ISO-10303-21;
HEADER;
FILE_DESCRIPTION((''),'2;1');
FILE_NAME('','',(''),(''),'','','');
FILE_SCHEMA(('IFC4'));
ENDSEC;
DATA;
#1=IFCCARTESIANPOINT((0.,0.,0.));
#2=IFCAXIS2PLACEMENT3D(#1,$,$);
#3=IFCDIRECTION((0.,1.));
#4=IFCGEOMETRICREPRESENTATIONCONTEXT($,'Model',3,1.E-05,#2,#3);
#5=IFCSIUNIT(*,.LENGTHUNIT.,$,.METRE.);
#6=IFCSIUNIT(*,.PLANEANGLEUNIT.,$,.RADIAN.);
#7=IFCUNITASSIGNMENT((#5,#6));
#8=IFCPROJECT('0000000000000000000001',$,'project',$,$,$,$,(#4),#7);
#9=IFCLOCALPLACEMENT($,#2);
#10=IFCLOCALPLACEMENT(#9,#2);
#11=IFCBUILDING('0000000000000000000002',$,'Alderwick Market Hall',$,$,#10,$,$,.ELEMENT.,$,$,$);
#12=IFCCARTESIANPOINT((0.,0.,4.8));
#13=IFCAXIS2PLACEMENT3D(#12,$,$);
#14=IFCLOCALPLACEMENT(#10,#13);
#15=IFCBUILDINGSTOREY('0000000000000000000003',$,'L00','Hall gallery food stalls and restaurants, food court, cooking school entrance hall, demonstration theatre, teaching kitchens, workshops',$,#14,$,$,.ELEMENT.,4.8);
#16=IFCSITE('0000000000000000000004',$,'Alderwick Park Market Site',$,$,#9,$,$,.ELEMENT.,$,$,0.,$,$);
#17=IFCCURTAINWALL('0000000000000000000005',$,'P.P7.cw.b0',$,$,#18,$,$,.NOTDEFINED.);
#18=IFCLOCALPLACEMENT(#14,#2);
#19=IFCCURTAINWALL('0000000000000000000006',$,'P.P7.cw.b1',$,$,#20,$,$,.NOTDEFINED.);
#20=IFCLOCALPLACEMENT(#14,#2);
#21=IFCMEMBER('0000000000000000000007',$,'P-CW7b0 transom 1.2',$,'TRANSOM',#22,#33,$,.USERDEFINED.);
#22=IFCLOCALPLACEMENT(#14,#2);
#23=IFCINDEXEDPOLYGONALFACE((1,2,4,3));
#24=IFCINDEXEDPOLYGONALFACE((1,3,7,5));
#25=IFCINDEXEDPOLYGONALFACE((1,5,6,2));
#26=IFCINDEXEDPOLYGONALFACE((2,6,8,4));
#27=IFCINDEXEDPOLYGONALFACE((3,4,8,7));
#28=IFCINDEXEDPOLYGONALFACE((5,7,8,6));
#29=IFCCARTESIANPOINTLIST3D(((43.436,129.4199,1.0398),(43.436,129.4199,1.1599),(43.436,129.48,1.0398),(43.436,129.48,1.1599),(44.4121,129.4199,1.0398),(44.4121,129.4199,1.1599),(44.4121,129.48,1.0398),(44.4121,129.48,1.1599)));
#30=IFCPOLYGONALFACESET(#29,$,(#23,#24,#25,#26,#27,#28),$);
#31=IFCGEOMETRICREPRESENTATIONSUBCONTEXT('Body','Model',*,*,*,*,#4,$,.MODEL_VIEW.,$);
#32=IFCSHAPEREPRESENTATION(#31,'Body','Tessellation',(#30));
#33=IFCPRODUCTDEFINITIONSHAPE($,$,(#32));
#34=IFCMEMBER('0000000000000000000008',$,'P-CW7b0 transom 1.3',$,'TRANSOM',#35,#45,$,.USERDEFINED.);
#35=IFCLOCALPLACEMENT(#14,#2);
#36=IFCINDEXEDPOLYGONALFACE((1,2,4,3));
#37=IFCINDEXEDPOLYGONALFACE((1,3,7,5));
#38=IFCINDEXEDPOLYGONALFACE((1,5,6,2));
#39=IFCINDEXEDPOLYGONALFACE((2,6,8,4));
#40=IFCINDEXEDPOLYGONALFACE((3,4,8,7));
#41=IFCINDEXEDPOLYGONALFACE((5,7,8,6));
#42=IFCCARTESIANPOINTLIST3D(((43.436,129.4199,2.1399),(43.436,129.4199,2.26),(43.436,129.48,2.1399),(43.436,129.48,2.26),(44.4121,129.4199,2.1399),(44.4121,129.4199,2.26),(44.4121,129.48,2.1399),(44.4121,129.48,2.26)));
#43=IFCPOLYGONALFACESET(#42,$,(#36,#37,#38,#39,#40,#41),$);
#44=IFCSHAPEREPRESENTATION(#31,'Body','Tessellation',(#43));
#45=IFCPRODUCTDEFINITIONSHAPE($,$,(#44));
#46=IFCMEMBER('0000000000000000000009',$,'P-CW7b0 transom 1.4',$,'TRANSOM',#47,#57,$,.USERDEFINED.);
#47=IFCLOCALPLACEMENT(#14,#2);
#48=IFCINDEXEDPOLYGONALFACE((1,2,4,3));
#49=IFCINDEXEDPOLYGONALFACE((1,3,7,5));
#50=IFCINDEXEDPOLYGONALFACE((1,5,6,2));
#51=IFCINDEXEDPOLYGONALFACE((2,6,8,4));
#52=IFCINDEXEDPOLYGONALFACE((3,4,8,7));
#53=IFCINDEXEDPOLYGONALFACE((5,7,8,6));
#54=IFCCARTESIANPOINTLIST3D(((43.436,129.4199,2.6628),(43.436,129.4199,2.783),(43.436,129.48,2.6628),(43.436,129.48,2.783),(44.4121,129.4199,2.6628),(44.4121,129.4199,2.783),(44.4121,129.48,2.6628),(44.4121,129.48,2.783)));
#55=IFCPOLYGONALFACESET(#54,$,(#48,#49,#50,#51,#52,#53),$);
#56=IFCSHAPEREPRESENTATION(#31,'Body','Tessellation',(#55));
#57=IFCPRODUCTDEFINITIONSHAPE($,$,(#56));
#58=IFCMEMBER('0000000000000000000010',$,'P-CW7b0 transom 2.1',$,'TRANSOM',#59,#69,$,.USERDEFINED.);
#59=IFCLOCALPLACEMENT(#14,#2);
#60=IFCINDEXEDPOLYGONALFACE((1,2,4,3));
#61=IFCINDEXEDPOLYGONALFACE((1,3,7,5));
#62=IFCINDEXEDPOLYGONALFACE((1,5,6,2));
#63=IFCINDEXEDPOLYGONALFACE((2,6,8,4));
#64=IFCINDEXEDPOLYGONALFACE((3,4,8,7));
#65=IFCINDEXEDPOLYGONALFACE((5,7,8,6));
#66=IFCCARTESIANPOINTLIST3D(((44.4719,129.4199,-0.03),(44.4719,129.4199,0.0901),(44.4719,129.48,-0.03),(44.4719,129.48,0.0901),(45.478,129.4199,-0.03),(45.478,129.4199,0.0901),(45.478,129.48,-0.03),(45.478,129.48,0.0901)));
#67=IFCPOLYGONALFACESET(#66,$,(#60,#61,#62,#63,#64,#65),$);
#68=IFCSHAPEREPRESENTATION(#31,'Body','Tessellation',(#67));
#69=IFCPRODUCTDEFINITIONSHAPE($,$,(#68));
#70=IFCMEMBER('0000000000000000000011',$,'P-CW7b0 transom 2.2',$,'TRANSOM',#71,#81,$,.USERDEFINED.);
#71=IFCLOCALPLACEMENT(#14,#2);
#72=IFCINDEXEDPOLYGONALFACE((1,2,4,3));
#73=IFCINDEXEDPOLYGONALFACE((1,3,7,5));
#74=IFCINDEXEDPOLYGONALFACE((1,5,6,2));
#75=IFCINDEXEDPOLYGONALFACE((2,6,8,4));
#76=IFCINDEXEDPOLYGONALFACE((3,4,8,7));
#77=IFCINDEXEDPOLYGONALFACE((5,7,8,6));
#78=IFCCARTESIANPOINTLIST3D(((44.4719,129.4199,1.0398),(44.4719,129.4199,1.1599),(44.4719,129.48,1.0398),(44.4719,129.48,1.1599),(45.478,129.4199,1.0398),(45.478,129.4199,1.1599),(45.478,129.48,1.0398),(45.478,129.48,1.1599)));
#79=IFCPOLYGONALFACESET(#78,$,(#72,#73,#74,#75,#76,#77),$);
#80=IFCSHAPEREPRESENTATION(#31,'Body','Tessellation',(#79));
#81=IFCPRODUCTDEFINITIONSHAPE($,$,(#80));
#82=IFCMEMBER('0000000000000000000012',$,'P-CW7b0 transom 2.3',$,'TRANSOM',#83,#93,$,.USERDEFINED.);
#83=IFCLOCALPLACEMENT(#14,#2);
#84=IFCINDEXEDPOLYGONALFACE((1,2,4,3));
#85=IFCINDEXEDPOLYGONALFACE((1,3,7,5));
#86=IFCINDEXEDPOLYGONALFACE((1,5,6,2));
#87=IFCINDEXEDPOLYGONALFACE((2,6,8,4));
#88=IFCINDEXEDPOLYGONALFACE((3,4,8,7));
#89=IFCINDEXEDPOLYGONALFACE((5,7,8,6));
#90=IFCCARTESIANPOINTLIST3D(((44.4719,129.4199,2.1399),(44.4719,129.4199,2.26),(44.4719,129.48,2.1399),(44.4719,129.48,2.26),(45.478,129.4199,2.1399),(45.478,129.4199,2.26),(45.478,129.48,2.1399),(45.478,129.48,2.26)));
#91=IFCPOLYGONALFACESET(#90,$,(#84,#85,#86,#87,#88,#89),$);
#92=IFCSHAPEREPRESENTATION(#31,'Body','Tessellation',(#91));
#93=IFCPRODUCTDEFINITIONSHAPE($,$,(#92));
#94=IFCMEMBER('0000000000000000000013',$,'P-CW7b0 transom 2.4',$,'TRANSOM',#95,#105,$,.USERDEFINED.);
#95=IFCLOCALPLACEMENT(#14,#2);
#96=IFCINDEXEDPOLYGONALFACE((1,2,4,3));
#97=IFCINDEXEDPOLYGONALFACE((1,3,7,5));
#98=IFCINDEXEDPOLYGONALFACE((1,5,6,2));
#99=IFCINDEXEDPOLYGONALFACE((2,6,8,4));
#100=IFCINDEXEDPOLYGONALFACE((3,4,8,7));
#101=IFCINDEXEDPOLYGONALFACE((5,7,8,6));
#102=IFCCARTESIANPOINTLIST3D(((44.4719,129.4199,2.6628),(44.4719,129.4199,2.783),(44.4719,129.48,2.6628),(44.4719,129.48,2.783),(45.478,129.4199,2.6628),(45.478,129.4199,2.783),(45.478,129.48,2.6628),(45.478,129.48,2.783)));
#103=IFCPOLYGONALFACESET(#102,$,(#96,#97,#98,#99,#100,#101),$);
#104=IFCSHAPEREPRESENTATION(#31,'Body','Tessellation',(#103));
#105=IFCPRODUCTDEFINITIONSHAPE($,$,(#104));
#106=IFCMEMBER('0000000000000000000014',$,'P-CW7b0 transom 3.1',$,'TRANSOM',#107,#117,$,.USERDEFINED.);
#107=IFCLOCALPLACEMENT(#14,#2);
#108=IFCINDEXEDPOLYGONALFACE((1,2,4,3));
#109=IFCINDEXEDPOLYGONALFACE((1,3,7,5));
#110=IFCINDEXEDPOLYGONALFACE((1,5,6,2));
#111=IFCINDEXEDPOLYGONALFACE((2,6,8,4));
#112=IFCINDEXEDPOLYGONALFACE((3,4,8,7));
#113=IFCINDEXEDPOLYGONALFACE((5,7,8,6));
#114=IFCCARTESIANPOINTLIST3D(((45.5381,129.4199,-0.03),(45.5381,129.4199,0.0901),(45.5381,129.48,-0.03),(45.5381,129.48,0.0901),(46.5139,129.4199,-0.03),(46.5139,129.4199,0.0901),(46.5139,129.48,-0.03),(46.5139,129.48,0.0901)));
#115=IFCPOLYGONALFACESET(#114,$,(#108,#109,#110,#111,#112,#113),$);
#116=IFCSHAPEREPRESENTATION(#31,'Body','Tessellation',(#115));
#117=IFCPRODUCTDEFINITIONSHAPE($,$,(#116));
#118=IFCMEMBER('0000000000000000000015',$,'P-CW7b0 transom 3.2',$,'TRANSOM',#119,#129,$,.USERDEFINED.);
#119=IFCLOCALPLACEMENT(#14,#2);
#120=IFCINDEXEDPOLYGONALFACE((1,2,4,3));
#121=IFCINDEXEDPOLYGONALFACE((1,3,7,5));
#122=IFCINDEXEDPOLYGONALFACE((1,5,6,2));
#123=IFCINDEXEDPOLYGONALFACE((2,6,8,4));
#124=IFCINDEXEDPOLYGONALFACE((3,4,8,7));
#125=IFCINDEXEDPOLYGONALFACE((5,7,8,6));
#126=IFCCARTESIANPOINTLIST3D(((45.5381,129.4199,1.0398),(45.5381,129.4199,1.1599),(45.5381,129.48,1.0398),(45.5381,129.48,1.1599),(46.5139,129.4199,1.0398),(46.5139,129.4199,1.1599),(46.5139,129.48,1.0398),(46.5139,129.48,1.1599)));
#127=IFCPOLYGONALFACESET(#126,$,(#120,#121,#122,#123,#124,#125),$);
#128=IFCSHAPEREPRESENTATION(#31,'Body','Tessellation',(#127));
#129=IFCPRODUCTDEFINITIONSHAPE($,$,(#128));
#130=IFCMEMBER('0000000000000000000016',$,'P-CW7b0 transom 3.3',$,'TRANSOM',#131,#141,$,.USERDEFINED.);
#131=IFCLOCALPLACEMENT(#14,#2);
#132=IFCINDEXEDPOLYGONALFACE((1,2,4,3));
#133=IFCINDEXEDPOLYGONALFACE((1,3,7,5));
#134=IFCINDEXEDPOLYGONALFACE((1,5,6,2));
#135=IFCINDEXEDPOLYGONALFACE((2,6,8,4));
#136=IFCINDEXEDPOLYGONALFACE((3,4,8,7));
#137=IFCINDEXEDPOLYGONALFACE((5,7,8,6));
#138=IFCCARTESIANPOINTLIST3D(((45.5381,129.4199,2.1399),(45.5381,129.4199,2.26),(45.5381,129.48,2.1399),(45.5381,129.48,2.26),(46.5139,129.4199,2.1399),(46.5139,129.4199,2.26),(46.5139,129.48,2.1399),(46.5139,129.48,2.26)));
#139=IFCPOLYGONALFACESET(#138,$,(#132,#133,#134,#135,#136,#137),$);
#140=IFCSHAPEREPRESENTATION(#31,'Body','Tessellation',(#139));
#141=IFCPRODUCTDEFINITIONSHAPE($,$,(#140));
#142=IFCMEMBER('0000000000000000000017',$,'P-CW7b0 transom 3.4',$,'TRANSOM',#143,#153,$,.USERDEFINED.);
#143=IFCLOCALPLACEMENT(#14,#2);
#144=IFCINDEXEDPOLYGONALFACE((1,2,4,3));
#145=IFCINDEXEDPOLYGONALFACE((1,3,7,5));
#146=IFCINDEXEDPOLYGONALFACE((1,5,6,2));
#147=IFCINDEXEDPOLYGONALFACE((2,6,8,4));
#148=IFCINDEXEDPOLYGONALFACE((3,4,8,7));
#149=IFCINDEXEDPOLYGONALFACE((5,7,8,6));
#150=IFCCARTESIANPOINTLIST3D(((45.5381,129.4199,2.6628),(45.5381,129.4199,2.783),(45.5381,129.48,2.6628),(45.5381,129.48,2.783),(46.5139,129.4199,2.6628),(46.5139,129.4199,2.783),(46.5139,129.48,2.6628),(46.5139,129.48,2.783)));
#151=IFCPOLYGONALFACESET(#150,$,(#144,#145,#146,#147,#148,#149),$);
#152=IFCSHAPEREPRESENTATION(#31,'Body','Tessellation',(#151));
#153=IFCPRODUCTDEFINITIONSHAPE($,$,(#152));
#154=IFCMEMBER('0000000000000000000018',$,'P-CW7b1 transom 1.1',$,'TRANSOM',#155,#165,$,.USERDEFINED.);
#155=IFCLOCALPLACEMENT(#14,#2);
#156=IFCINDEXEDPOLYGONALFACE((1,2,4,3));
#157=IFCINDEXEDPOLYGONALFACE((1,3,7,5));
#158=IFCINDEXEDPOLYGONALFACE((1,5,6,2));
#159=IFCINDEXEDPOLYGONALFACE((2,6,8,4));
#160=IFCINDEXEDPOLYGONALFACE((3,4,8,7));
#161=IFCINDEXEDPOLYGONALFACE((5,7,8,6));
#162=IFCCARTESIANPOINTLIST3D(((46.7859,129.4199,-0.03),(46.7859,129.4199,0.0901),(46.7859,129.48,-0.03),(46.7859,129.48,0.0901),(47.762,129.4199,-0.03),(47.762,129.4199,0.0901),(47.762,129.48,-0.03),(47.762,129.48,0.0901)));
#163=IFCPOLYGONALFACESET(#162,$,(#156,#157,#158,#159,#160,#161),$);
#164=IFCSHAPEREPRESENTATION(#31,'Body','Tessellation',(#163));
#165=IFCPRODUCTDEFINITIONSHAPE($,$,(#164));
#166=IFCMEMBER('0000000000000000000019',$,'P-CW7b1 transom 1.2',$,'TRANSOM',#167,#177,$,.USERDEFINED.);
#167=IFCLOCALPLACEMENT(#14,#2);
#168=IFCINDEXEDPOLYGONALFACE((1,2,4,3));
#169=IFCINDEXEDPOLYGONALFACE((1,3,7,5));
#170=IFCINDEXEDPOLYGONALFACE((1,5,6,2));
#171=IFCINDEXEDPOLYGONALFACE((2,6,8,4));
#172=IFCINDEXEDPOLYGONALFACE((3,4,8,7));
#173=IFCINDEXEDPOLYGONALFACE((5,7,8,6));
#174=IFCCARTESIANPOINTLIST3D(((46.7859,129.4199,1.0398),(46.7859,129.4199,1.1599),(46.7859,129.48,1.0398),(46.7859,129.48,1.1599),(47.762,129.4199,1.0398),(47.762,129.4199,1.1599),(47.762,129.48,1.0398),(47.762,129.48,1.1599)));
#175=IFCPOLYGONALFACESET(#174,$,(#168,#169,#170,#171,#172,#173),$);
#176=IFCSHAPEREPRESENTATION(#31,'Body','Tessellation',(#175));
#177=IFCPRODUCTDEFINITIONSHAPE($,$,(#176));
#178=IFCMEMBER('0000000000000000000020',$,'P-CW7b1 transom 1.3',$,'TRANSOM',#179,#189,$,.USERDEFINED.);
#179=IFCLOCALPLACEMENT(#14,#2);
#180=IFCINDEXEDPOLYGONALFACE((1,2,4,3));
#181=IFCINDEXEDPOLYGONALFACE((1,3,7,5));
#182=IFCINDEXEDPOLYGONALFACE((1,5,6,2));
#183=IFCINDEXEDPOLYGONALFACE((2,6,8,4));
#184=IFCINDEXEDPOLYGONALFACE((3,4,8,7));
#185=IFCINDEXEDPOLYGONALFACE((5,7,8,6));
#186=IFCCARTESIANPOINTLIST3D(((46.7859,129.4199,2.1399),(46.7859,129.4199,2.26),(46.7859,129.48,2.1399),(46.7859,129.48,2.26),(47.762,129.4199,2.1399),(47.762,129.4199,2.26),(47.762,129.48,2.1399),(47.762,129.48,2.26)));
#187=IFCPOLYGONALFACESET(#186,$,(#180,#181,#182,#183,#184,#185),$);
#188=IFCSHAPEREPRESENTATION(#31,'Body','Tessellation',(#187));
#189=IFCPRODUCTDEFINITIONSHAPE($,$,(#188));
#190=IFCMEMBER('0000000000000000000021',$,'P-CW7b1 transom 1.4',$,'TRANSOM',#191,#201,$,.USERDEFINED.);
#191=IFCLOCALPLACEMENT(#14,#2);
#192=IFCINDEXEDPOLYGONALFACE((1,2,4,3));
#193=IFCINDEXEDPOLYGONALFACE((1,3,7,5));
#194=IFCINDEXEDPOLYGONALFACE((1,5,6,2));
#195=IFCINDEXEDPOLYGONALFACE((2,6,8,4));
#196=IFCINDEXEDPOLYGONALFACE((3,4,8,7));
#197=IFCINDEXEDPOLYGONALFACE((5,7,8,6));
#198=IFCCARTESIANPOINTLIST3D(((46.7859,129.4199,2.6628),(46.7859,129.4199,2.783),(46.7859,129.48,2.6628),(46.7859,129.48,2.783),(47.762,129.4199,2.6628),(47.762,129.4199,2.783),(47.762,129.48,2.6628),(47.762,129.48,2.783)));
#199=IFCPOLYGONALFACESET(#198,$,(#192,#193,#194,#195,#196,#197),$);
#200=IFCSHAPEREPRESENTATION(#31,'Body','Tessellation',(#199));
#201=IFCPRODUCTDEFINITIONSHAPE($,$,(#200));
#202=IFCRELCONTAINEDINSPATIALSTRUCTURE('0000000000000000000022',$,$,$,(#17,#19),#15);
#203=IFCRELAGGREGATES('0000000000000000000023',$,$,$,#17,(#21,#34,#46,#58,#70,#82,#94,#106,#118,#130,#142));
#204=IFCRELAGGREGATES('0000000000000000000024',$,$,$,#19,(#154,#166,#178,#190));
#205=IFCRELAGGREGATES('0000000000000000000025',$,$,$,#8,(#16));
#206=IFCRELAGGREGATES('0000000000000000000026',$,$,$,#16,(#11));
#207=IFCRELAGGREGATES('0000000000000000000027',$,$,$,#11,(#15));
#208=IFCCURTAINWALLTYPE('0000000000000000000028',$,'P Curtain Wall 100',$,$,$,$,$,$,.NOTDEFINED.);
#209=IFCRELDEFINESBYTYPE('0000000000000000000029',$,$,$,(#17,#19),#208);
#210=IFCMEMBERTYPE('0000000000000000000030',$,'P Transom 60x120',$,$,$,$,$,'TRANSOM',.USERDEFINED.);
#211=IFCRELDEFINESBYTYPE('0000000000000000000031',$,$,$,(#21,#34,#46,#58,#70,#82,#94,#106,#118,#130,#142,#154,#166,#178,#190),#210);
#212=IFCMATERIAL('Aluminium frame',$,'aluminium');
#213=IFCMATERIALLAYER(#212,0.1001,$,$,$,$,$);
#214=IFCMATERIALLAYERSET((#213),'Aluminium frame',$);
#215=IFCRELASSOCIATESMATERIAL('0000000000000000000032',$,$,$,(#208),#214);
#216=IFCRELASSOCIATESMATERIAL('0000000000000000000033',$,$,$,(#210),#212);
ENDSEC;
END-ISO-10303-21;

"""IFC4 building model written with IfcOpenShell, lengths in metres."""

from ifc_helpers import new_model, si_unit, direction, frame, origin, origin_2d, place, context, subcontext, project, spatial, rectangle, extrude, material, layer, layer_set, material_profile, profile_set, type_object, element, aggregate, save


model = new_model("IFC4")

# Units and contexts
model_context = context("Model", 3, precision=1e-05, world=origin(), true_north=direction((0.0, 1.0)))
body_context = subcontext(model_context, "Body", "Model", "MODEL_VIEW")
ifc_project = project(units=[si_unit("LENGTHUNIT", "METRE"), si_unit("PLANEANGLEUNIT", "RADIAN")], contexts=[model_context])

# Site, building, storey
site_placement = place(None, origin())
site = spatial("IfcSite", under=ifc_project, at=site_placement, Name="Alderwick Park Market Site", CompositionType="ELEMENT", RefElevation=0.0)
building_placement = place(site_placement, origin())
building = spatial("IfcBuilding", under=site, at=building_placement, Name="Alderwick Market Hall", CompositionType="ELEMENT")
storey_placement = place(building_placement, frame((0.0, 0.0, 4.8)))
storey = spatial("IfcBuildingStorey", under=building, at=storey_placement, Name="L00", Description="Hall gallery food stalls and restaurants, food court, cooking school entrance hall, demonstration theatre, teaching kitchens, workshops", CompositionType="ELEMENT", Elevation=4.8)

# Curtain wall
ifc_material_1 = material(Name="Aluminium frame", Category="aluminium")
ifc_layer_1 = layer(ifc_material_1, 0.1001)
ifc_layer_set_1 = layer_set([ifc_layer_1], Name="Aluminium frame")
curtain_wall_type = type_object("IfcCurtainWallType", Name="P Curtain Wall 100", PredefinedType="NOTDEFINED", material=ifc_layer_set_1)
curtain_wall_1_placement = place(storey_placement, origin())
curtain_wall_1 = element("IfcCurtainWall", 1, at=curtain_wall_1_placement, inside=storey, type_object=curtain_wall_type, Name="P.P7.cw.b0", PredefinedType="NOTDEFINED")

# Curtain wall
curtain_wall_2_placement = place(storey_placement, origin())
curtain_wall_2 = element("IfcCurtainWall", 2, at=curtain_wall_2_placement, inside=storey, type_object=curtain_wall_type, Name="P.P7.cw.b1", PredefinedType="NOTDEFINED")

# Members
ifc_material_profile_1 = material_profile(ifc_material_1, rectangle(XDim=0.0601, YDim=0.1201, at=origin_2d()), Name="P Transom 60x120")
ifc_profile_set_1 = profile_set([ifc_material_profile_1], Name="Aluminium frame")
member_type_1 = type_object("IfcMemberType", Name="P Transom 60x120", ElementType="TRANSOM", PredefinedType="USERDEFINED", material=ifc_profile_set_1)
member_1_placement = place(storey_placement, frame((43.436, 129.45, 1.0999), z_axis=(1.0, 0.0, 0.0), x_axis=(0.0, 1.0, 0.0)))
member_1 = element("IfcMember", 3, at=member_1_placement, type_object=member_type_1, Name="P-CW7b0 transom 1.2", ObjectType="TRANSOM", PredefinedType="USERDEFINED", context=body_context, shape_type="SweptSolid", body=[
    extrude(rectangle(XDim=0.0601, YDim=0.1201, at=origin_2d()), origin(), (0.0, 0.0, 1.0), 0.9761),
])
member_2_placement = place(storey_placement, frame((43.436, 129.45, 2.2), z_axis=(1.0, 0.0, 0.0), x_axis=(0.0, 1.0, 0.0)))
member_2 = element("IfcMember", 4, at=member_2_placement, type_object=member_type_1, Name="P-CW7b0 transom 1.3", ObjectType="TRANSOM", PredefinedType="USERDEFINED", context=body_context, shape_type="SweptSolid", body=[
    extrude(rectangle(XDim=0.0601, YDim=0.1201, at=origin_2d()), origin(), (0.0, 0.0, 1.0), 0.9761),
])
member_3_placement = place(storey_placement, frame((43.436, 129.45, 2.7229), z_axis=(1.0, 0.0, 0.0), x_axis=(0.0, 1.0, 0.0)))
member_3 = element("IfcMember", 5, at=member_3_placement, type_object=member_type_1, Name="P-CW7b0 transom 1.4", ObjectType="TRANSOM", PredefinedType="USERDEFINED", context=body_context, shape_type="SweptSolid", body=[
    extrude(rectangle(XDim=0.0601, YDim=0.1201, at=origin_2d()), origin(), (0.0, 0.0, 1.0), 0.9761),
])
member_4_placement = place(storey_placement, frame((44.4719, 129.45, 0.03), z_axis=(1.0, 0.0, 0.0), x_axis=(0.0, 1.0, 0.0)))
member_4 = element("IfcMember", 6, at=member_4_placement, type_object=member_type_1, Name="P-CW7b0 transom 2.1", ObjectType="TRANSOM", PredefinedType="USERDEFINED", context=body_context, shape_type="SweptSolid", body=[
    extrude(rectangle(XDim=0.0601, YDim=0.1201, at=origin_2d()), origin(), (0.0, 0.0, 1.0), 1.0061),
])
member_5_placement = place(storey_placement, frame((44.4719, 129.45, 1.0999), z_axis=(1.0, 0.0, 0.0), x_axis=(0.0, 1.0, 0.0)))
member_5 = element("IfcMember", 7, at=member_5_placement, type_object=member_type_1, Name="P-CW7b0 transom 2.2", ObjectType="TRANSOM", PredefinedType="USERDEFINED", context=body_context, shape_type="SweptSolid", body=[
    extrude(rectangle(XDim=0.0601, YDim=0.1201, at=origin_2d()), origin(), (0.0, 0.0, 1.0), 1.0061),
])
member_6_placement = place(storey_placement, frame((44.4719, 129.45, 2.2), z_axis=(1.0, 0.0, 0.0), x_axis=(0.0, 1.0, 0.0)))
member_6 = element("IfcMember", 8, at=member_6_placement, type_object=member_type_1, Name="P-CW7b0 transom 2.3", ObjectType="TRANSOM", PredefinedType="USERDEFINED", context=body_context, shape_type="SweptSolid", body=[
    extrude(rectangle(XDim=0.0601, YDim=0.1201, at=origin_2d()), origin(), (0.0, 0.0, 1.0), 1.0061),
])
member_7_placement = place(storey_placement, frame((44.4719, 129.45, 2.7229), z_axis=(1.0, 0.0, 0.0), x_axis=(0.0, 1.0, 0.0)))
member_7 = element("IfcMember", 9, at=member_7_placement, type_object=member_type_1, Name="P-CW7b0 transom 2.4", ObjectType="TRANSOM", PredefinedType="USERDEFINED", context=body_context, shape_type="SweptSolid", body=[
    extrude(rectangle(XDim=0.0601, YDim=0.1201, at=origin_2d()), origin(), (0.0, 0.0, 1.0), 1.0061),
])
member_8_placement = place(storey_placement, frame((45.5381, 129.45, 0.03), z_axis=(1.0, 0.0, 0.0), x_axis=(0.0, 1.0, 0.0)))
member_8 = element("IfcMember", 10, at=member_8_placement, type_object=member_type_1, Name="P-CW7b0 transom 3.1", ObjectType="TRANSOM", PredefinedType="USERDEFINED", context=body_context, shape_type="SweptSolid", body=[
    extrude(rectangle(XDim=0.0601, YDim=0.1201, at=origin_2d()), origin(), (0.0, 0.0, 1.0), 0.9758),
])
member_9_placement = place(storey_placement, frame((45.5381, 129.45, 1.0999), z_axis=(1.0, 0.0, 0.0), x_axis=(0.0, 1.0, 0.0)))
member_9 = element("IfcMember", 11, at=member_9_placement, type_object=member_type_1, Name="P-CW7b0 transom 3.2", ObjectType="TRANSOM", PredefinedType="USERDEFINED", context=body_context, shape_type="SweptSolid", body=[
    extrude(rectangle(XDim=0.0601, YDim=0.1201, at=origin_2d()), origin(), (0.0, 0.0, 1.0), 0.9758),
])
member_10_placement = place(storey_placement, frame((45.5381, 129.45, 2.2), z_axis=(1.0, 0.0, 0.0), x_axis=(0.0, 1.0, 0.0)))
member_10 = element("IfcMember", 12, at=member_10_placement, type_object=member_type_1, Name="P-CW7b0 transom 3.3", ObjectType="TRANSOM", PredefinedType="USERDEFINED", context=body_context, shape_type="SweptSolid", body=[
    extrude(rectangle(XDim=0.0601, YDim=0.1201, at=origin_2d()), origin(), (0.0, 0.0, 1.0), 0.9758),
])
member_11_placement = place(storey_placement, frame((45.5381, 129.45, 2.7229), z_axis=(1.0, 0.0, 0.0), x_axis=(0.0, 1.0, 0.0)))
member_11 = element("IfcMember", 13, at=member_11_placement, type_object=member_type_1, Name="P-CW7b0 transom 3.4", ObjectType="TRANSOM", PredefinedType="USERDEFINED", context=body_context, shape_type="SweptSolid", body=[
    extrude(rectangle(XDim=0.0601, YDim=0.1201, at=origin_2d()), origin(), (0.0, 0.0, 1.0), 0.9758),
])
member_12_placement = place(storey_placement, frame((46.7859, 129.45, 0.03), z_axis=(1.0, 0.0, 0.0), x_axis=(0.0, 1.0, 0.0)))
member_12 = element("IfcMember", 14, at=member_12_placement, type_object=member_type_1, Name="P-CW7b1 transom 1.1", ObjectType="TRANSOM", PredefinedType="USERDEFINED", context=body_context, shape_type="SweptSolid", body=[
    extrude(rectangle(XDim=0.0601, YDim=0.1201, at=origin_2d()), origin(), (0.0, 0.0, 1.0), 0.9761),
])
member_13_placement = place(storey_placement, frame((46.7859, 129.45, 1.0999), z_axis=(1.0, 0.0, 0.0), x_axis=(0.0, 1.0, 0.0)))
member_13 = element("IfcMember", 15, at=member_13_placement, type_object=member_type_1, Name="P-CW7b1 transom 1.2", ObjectType="TRANSOM", PredefinedType="USERDEFINED", context=body_context, shape_type="SweptSolid", body=[
    extrude(rectangle(XDim=0.0601, YDim=0.1201, at=origin_2d()), origin(), (0.0, 0.0, 1.0), 0.9761),
])
member_14_placement = place(storey_placement, frame((46.7859, 129.45, 2.2), z_axis=(1.0, 0.0, 0.0), x_axis=(0.0, 1.0, 0.0)))
member_14 = element("IfcMember", 16, at=member_14_placement, type_object=member_type_1, Name="P-CW7b1 transom 1.3", ObjectType="TRANSOM", PredefinedType="USERDEFINED", context=body_context, shape_type="SweptSolid", body=[
    extrude(rectangle(XDim=0.0601, YDim=0.1201, at=origin_2d()), origin(), (0.0, 0.0, 1.0), 0.9761),
])
member_15_placement = place(storey_placement, frame((46.7859, 129.45, 2.7229), z_axis=(1.0, 0.0, 0.0), x_axis=(0.0, 1.0, 0.0)))
member_15 = element("IfcMember", 17, at=member_15_placement, type_object=member_type_1, Name="P-CW7b1 transom 1.4", ObjectType="TRANSOM", PredefinedType="USERDEFINED", context=body_context, shape_type="SweptSolid", body=[
    extrude(rectangle(XDim=0.0601, YDim=0.1201, at=origin_2d()), origin(), (0.0, 0.0, 1.0), 0.9761),
])

aggregate(curtain_wall_1, [member_1, member_2, member_3, member_4, member_5, member_6, member_7, member_8, member_9, member_10, member_11])
aggregate(curtain_wall_2, [member_12, member_13, member_14, member_15])

save(model, "model.ifc")
